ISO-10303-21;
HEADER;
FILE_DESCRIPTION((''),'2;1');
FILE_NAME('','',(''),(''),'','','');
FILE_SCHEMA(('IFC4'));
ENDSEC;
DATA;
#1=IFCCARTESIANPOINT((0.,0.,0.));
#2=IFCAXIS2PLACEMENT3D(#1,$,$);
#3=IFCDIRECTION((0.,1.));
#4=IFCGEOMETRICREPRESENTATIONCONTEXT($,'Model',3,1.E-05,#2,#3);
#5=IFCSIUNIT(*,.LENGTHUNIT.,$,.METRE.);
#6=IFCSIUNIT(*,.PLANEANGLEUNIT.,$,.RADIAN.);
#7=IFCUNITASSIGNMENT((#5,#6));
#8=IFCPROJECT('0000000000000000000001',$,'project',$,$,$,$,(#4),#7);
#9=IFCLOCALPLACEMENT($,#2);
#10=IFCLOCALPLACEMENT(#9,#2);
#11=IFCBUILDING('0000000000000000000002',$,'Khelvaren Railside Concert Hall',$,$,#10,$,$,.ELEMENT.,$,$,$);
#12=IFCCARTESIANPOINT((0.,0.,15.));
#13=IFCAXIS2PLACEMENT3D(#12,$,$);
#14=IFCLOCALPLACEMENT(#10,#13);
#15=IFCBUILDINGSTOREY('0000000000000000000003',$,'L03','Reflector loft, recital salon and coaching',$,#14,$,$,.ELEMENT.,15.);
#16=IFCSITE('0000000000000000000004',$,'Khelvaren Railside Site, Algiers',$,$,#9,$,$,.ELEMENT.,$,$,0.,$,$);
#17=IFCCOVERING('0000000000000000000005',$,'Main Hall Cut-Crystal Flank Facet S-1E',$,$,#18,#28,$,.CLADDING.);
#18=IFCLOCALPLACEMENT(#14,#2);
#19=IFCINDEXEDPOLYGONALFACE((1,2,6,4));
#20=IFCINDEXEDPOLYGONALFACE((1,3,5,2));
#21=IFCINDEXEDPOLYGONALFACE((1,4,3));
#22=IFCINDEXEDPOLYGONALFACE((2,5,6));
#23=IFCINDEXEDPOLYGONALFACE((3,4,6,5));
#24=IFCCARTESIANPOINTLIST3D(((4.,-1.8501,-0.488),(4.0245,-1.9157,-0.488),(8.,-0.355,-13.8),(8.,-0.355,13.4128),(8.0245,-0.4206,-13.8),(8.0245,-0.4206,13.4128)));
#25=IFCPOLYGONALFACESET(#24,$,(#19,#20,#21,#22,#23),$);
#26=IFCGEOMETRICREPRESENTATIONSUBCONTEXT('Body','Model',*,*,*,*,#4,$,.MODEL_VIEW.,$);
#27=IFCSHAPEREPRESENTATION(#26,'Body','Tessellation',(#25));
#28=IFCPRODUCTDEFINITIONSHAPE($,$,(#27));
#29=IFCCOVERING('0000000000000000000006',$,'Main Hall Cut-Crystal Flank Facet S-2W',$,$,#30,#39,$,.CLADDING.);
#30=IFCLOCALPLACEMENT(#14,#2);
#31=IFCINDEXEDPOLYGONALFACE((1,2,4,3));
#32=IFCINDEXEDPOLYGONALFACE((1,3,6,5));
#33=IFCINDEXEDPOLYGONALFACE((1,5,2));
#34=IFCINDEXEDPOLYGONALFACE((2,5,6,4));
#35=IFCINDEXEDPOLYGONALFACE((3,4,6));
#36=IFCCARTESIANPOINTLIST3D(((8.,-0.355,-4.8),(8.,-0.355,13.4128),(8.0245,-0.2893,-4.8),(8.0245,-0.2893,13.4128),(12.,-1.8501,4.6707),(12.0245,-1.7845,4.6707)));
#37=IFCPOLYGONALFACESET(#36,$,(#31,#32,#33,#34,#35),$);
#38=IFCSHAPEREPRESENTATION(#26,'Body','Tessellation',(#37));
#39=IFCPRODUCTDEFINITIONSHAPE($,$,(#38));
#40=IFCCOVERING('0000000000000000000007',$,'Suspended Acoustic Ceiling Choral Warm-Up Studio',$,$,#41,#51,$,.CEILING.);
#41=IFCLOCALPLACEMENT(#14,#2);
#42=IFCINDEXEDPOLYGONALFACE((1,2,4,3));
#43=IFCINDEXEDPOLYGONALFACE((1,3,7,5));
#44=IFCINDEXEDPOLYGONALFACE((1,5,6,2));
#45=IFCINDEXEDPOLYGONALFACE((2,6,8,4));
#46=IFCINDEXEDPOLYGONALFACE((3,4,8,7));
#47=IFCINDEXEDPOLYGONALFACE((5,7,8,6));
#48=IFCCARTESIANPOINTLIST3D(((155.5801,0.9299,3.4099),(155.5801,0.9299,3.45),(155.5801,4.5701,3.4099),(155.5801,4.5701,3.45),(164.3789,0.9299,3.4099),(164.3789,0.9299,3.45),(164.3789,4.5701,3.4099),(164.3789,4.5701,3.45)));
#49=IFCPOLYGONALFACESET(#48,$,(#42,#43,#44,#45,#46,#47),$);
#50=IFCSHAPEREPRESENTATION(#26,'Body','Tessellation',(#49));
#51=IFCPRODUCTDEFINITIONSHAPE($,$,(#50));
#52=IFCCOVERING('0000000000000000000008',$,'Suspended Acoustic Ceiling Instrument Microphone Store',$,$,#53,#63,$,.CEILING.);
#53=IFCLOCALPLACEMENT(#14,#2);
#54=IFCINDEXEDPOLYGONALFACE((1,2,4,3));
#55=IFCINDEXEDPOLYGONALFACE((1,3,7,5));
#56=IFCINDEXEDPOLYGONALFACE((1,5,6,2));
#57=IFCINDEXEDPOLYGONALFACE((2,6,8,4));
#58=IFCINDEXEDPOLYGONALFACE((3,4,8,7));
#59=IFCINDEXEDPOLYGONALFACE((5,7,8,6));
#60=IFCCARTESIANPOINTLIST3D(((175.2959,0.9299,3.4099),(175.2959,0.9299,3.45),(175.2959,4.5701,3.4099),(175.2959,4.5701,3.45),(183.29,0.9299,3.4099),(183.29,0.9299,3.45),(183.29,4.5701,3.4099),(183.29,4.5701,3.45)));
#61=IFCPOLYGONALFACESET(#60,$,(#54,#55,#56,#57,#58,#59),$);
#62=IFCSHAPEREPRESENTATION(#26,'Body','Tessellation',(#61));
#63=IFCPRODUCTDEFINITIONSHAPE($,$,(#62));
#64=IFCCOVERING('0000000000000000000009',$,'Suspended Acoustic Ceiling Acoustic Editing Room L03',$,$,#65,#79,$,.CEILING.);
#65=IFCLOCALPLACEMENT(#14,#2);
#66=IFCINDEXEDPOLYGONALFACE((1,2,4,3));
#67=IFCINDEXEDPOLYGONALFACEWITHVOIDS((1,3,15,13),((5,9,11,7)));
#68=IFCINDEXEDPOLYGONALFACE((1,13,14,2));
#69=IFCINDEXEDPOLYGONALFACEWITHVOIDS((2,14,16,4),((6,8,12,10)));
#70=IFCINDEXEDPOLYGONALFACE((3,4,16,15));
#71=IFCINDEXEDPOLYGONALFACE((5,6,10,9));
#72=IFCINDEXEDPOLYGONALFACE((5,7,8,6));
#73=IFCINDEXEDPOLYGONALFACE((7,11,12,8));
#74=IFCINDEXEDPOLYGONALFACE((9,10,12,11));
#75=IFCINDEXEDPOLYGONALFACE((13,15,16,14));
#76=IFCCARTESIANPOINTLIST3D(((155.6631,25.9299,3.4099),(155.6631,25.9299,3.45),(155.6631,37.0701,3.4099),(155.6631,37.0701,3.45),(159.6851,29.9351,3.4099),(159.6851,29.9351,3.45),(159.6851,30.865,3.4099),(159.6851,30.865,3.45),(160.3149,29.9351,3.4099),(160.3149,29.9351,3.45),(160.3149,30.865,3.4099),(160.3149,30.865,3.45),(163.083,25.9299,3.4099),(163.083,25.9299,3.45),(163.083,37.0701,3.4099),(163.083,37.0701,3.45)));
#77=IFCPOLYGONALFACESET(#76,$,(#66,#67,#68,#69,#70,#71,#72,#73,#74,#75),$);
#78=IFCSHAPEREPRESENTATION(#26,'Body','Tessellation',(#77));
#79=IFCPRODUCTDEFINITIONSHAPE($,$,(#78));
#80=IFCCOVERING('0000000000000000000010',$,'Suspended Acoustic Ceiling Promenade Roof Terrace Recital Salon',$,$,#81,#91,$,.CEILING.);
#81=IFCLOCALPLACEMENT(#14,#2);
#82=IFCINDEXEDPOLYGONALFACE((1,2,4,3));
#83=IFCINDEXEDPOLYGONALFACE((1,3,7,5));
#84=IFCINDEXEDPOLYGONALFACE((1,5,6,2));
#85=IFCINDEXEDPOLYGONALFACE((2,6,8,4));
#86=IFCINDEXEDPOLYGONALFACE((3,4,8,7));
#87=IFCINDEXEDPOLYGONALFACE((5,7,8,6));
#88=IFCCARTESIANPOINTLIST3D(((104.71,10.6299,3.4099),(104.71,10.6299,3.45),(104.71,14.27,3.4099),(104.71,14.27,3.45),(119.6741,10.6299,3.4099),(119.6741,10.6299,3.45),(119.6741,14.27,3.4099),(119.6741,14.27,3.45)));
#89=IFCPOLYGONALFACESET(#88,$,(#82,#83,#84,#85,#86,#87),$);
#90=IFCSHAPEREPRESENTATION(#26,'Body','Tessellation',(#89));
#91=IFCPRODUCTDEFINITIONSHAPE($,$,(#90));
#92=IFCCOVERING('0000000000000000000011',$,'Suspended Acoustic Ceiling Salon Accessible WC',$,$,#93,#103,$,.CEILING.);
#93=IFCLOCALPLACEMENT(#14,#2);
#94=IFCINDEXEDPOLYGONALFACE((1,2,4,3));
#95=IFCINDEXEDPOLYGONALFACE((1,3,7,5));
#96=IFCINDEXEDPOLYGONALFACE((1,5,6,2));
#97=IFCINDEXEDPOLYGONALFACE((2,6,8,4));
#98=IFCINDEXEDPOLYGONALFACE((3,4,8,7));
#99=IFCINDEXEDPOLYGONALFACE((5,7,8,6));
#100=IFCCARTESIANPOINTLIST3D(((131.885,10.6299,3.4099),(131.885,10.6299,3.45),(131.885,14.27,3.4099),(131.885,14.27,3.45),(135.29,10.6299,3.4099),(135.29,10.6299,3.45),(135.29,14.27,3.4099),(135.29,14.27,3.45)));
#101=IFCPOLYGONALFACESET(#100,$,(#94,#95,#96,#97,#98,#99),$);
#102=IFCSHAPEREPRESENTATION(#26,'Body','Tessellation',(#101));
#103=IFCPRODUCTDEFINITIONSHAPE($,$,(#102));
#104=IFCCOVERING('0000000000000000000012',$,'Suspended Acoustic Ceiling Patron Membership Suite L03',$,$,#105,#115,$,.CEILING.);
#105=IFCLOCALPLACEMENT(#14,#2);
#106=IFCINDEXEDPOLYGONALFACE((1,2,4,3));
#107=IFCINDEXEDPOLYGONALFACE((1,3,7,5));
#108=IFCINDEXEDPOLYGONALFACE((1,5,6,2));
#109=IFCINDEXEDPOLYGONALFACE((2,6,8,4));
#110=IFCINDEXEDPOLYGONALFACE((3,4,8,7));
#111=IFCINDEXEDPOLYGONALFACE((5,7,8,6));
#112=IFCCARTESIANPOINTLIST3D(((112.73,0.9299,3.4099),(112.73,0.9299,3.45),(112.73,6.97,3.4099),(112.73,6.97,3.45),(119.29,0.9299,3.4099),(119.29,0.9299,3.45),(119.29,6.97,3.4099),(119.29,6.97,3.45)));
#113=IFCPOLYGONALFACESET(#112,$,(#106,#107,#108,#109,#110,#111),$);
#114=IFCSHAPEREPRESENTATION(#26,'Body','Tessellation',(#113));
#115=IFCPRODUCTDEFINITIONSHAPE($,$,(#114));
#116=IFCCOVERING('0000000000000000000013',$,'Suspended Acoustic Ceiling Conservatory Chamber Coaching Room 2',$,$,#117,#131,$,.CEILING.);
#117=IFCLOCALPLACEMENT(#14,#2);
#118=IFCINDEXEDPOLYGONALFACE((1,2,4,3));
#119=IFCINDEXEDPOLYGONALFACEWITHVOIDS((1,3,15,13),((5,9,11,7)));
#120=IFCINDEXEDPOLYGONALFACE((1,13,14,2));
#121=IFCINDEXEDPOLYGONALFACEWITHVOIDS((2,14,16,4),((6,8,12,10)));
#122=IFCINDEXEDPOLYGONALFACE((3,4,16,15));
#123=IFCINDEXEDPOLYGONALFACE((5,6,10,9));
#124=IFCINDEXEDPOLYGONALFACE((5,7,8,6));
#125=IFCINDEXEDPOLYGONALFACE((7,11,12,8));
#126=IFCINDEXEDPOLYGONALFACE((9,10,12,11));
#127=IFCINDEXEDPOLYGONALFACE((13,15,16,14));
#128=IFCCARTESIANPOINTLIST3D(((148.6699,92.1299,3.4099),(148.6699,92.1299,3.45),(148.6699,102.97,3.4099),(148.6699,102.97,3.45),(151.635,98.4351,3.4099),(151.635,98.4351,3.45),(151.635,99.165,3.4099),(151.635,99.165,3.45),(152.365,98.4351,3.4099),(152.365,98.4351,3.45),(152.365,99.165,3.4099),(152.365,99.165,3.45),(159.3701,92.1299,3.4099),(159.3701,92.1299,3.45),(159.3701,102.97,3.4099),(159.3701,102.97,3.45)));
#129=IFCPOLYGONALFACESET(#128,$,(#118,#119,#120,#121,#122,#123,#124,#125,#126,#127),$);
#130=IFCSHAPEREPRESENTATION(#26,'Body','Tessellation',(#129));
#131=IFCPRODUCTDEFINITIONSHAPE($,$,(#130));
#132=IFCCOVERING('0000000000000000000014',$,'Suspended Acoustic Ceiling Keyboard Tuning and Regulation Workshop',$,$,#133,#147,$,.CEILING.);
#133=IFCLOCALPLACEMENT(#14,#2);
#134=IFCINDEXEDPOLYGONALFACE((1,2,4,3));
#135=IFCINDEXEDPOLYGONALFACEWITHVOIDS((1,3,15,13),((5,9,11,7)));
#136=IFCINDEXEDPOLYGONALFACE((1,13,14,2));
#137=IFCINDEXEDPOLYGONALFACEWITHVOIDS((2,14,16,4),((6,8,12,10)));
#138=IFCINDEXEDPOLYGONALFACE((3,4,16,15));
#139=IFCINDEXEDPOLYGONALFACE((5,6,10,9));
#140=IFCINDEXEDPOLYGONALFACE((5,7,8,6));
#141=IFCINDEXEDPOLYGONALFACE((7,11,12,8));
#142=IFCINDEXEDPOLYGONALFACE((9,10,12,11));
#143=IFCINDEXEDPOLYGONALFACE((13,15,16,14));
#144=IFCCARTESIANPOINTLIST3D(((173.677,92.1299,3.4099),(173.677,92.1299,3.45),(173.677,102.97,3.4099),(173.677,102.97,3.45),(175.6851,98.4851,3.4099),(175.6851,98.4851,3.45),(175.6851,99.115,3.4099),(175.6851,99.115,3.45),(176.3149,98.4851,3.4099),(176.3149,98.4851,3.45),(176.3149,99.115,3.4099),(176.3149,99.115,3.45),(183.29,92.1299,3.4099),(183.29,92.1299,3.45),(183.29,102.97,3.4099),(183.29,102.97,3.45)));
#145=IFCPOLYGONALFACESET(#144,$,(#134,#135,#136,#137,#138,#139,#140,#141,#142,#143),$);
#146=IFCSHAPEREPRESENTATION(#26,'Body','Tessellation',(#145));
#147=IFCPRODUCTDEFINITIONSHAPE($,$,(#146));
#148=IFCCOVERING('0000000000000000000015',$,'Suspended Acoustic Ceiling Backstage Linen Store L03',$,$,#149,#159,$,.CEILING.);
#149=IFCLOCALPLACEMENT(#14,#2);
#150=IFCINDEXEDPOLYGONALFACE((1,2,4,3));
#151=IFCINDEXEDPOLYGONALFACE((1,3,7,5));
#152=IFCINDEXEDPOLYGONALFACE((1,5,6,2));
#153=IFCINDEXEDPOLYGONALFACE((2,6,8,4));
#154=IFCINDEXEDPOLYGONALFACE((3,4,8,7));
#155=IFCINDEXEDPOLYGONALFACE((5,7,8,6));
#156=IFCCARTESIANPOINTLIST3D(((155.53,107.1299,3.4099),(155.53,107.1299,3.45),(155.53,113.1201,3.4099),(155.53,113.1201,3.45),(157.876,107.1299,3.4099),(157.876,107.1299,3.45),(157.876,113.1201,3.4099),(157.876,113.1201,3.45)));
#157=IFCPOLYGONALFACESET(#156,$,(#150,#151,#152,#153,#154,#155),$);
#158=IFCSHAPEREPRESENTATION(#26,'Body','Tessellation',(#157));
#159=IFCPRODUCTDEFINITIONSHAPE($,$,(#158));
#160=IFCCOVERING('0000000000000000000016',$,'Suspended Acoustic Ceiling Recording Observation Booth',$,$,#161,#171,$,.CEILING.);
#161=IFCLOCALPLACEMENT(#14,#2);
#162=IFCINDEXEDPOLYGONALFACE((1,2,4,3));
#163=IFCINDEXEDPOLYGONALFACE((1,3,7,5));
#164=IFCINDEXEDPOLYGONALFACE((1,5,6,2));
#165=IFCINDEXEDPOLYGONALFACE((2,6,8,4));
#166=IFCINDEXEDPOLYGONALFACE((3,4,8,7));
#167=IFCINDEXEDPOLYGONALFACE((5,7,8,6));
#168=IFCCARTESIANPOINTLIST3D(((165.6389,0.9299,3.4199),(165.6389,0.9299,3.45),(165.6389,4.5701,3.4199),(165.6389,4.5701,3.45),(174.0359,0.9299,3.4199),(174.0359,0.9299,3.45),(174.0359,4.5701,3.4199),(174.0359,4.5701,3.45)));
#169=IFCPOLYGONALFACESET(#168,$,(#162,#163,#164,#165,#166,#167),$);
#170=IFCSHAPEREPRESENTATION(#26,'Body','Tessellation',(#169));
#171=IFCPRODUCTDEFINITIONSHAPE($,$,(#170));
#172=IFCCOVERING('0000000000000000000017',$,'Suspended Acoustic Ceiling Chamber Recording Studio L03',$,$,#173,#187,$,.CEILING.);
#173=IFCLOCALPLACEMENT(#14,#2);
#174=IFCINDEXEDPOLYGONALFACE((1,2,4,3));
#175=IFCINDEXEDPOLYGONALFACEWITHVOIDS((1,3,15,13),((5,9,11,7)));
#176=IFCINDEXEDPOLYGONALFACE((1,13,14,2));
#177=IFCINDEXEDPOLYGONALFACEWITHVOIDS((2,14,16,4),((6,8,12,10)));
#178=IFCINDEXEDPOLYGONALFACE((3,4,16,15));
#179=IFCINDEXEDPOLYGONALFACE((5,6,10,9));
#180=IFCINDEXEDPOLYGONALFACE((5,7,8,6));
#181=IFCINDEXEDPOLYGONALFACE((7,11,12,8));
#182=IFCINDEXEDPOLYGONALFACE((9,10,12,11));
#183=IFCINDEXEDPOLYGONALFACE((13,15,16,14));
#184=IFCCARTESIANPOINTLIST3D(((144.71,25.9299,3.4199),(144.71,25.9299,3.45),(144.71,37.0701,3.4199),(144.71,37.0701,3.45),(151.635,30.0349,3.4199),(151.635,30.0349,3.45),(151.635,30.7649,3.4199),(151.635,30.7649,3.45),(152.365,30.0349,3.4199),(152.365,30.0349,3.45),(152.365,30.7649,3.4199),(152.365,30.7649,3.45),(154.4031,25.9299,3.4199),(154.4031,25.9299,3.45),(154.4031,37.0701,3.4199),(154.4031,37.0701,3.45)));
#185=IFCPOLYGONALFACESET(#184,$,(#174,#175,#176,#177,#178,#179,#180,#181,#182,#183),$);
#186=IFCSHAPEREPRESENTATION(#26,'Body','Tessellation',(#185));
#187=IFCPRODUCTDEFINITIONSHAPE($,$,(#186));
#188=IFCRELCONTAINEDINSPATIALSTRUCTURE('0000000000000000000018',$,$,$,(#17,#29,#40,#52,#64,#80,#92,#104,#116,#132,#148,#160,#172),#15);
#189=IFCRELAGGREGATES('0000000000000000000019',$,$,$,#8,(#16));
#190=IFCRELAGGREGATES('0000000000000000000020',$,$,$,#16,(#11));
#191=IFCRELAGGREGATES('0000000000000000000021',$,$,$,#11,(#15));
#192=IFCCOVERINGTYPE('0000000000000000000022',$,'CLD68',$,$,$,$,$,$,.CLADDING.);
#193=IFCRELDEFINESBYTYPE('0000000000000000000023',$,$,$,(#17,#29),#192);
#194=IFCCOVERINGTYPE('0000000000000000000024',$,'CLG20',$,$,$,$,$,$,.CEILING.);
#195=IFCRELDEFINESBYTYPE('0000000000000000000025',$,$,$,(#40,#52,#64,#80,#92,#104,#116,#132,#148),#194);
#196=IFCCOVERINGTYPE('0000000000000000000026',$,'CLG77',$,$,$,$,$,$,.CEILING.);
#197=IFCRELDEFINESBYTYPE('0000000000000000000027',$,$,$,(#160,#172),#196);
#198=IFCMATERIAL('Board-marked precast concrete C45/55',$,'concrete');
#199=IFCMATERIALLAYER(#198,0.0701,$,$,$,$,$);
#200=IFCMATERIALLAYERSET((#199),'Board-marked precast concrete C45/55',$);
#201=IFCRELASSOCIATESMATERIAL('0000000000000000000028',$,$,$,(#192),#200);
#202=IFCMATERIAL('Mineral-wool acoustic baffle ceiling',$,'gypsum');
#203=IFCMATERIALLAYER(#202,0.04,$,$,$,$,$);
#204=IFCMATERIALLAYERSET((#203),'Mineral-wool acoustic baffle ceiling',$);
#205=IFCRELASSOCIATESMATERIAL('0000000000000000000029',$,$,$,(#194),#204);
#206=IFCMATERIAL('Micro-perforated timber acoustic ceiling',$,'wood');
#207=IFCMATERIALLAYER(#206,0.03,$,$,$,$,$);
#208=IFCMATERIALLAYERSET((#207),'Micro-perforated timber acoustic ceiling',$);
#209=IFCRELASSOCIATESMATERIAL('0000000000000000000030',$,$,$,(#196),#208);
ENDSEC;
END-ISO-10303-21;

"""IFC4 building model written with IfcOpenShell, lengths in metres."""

from ifc_helpers import new_model, si_unit, direction, frame, origin, place, context, subcontext, project, spatial, polyline, outline, extrude, material, layer, layer_set, type_object, element, save


model = new_model("IFC4")

# Units and contexts
model_context = context("Model", 3, precision=1e-05, world=origin(), true_north=direction((0.0, 1.0)))
body_context = subcontext(model_context, "Body", "Model", "MODEL_VIEW")
ifc_project = project(units=[si_unit("LENGTHUNIT", "METRE"), si_unit("PLANEANGLEUNIT", "RADIAN")], contexts=[model_context])

# Site, building, storey
site_placement = place(None, origin())
site = spatial("IfcSite", under=ifc_project, at=site_placement, Name="Khelvaren Railside Site, Algiers", CompositionType="ELEMENT", RefElevation=0.0)
building_placement = place(site_placement, origin())
building = spatial("IfcBuilding", under=site, at=building_placement, Name="Khelvaren Railside Concert Hall", CompositionType="ELEMENT")
storey_placement = place(building_placement, frame((0.0, 0.0, 15.0)))
storey = spatial("IfcBuildingStorey", under=building, at=storey_placement, Name="L03", Description="Reflector loft, recital salon and coaching", CompositionType="ELEMENT", Elevation=15.0)

# Coverings
ifc_material_1 = material(Name="Board-marked precast concrete C45/55", Category="concrete")
ifc_layer_1 = layer(ifc_material_1, 0.0701)
ifc_layer_set_1 = layer_set([ifc_layer_1], Name="Board-marked precast concrete C45/55")
covering_type_1 = type_object("IfcCoveringType", Name="CLD68", PredefinedType="CLADDING", material=ifc_layer_set_1)
covering_1_placement = place(storey_placement, frame((8.0, -0.355, 13.4128), z_axis=(-0.350121, 0.936705, 0.0), x_axis=(0.0, 0.0, -1.0)))
element("IfcCovering", 1, at=covering_1_placement, inside=storey, type_object=covering_type_1, Name="Main Hall Cut-Crystal Flank Facet S-1E", PredefinedType="CLADDING", context=body_context, shape_type="SweptSolid", body=[
    extrude(outline(polyline([(0.0, 0.0), (27.2129, 0.0), (13.9009, 4.2703), (0.0, 0.0)])), origin(), (0.0, 0.0, -1.0), 0.0701),
])
covering_2_placement = place(storey_placement, frame((8.0, -0.355, 13.4128), z_axis=(-0.350121, -0.936705, 0.0), x_axis=(0.0, 0.0, -1.0)))
element("IfcCovering", 2, at=covering_2_placement, inside=storey, type_object=covering_type_1, Name="Main Hall Cut-Crystal Flank Facet S-2W", PredefinedType="CLADDING", context=body_context, shape_type="SweptSolid", body=[
    extrude(outline(polyline([(0.0, 0.0), (18.2129, 0.0), (8.7422, 4.2703), (0.0, 0.0)])), origin(), (0.0, 0.0, -1.0), 0.0701),
])
ifc_material_2 = material(Name="Mineral-wool acoustic baffle ceiling", Category="gypsum")
ifc_layer_2 = layer(ifc_material_2, 0.04)
ifc_layer_set_2 = layer_set([ifc_layer_2], Name="Mineral-wool acoustic baffle ceiling")
covering_type_2 = type_object("IfcCoveringType", Name="CLG20", PredefinedType="CEILING", material=ifc_layer_set_2)
covering_3_placement = place(storey_placement, frame((0.0, 0.0, 3.4099)))
element("IfcCovering", 3, at=covering_3_placement, inside=storey, type_object=covering_type_2, Name="Suspended Acoustic Ceiling Choral Warm-Up Studio", PredefinedType="CEILING", context=body_context, shape_type="SweptSolid", body=[
    extrude(outline(polyline([(155.5801, 0.9299), (164.3789, 0.9299), (164.3789, 4.5701), (155.5801, 4.5701), (155.5801, 0.9299)])), origin(), (0.0, 0.0, 1.0), 0.04),
])
covering_4_placement = place(storey_placement, frame((0.0, 0.0, 3.4099)))
element("IfcCovering", 4, at=covering_4_placement, inside=storey, type_object=covering_type_2, Name="Suspended Acoustic Ceiling Instrument Microphone Store", PredefinedType="CEILING", context=body_context, shape_type="SweptSolid", body=[
    extrude(outline(polyline([(175.2959, 0.9299), (183.29, 0.9299), (183.29, 4.5701), (175.2959, 4.5701), (175.2959, 0.9299)])), origin(), (0.0, 0.0, 1.0), 0.04),
])
covering_5_placement = place(storey_placement, frame((0.0, 0.0, 3.4099)))
element("IfcCovering", 5, at=covering_5_placement, inside=storey, type_object=covering_type_2, Name="Suspended Acoustic Ceiling Acoustic Editing Room L03", PredefinedType="CEILING", context=body_context, shape_type="SweptSolid", body=[
    extrude(outline(polyline([(155.6631, 25.9299), (163.083, 25.9299), (163.083, 37.0701), (155.6631, 37.0701), (155.6631, 25.9299)]), holes=[polyline([(159.6851, 29.9351), (160.3149, 29.9351), (160.3149, 30.865), (159.6851, 30.865), (159.6851, 29.9351)])]), origin(), (0.0, 0.0, 1.0), 0.04),
])
covering_6_placement = place(storey_placement, frame((0.0, 0.0, 3.4099)))
element("IfcCovering", 6, at=covering_6_placement, inside=storey, type_object=covering_type_2, Name="Suspended Acoustic Ceiling Promenade Roof Terrace Recital Salon", PredefinedType="CEILING", context=body_context, shape_type="SweptSolid", body=[
    extrude(outline(polyline([(104.71, 10.6299), (119.6741, 10.6299), (119.6741, 14.27), (104.71, 14.27), (104.71, 10.6299)])), origin(), (0.0, 0.0, 1.0), 0.04),
])
covering_7_placement = place(storey_placement, frame((0.0, 0.0, 3.4099)))
element("IfcCovering", 7, at=covering_7_placement, inside=storey, type_object=covering_type_2, Name="Suspended Acoustic Ceiling Salon Accessible WC", PredefinedType="CEILING", context=body_context, shape_type="SweptSolid", body=[
    extrude(outline(polyline([(131.885, 10.6299), (135.29, 10.6299), (135.29, 14.27), (131.885, 14.27), (131.885, 10.6299)])), origin(), (0.0, 0.0, 1.0), 0.04),
])
covering_8_placement = place(storey_placement, frame((0.0, 0.0, 3.4099)))
element("IfcCovering", 8, at=covering_8_placement, inside=storey, type_object=covering_type_2, Name="Suspended Acoustic Ceiling Patron Membership Suite L03", PredefinedType="CEILING", context=body_context, shape_type="SweptSolid", body=[
    extrude(outline(polyline([(112.73, 0.9299), (119.29, 0.9299), (119.29, 6.97), (112.73, 6.97), (112.73, 0.9299)])), origin(), (0.0, 0.0, 1.0), 0.04),
])
covering_9_placement = place(storey_placement, frame((0.0, 0.0, 3.4099)))
element("IfcCovering", 9, at=covering_9_placement, inside=storey, type_object=covering_type_2, Name="Suspended Acoustic Ceiling Conservatory Chamber Coaching Room 2", PredefinedType="CEILING", context=body_context, shape_type="SweptSolid", body=[
    extrude(outline(polyline([(148.6699, 92.1299), (159.3701, 92.1299), (159.3701, 102.97), (148.6699, 102.97), (148.6699, 92.1299)]), holes=[polyline([(151.635, 98.4351), (152.365, 98.4351), (152.365, 99.165), (151.635, 99.165), (151.635, 98.4351)])]), origin(), (0.0, 0.0, 1.0), 0.04),
])
covering_10_placement = place(storey_placement, frame((0.0, 0.0, 3.4099)))
element("IfcCovering", 10, at=covering_10_placement, inside=storey, type_object=covering_type_2, Name="Suspended Acoustic Ceiling Keyboard Tuning and Regulation Workshop", PredefinedType="CEILING", context=body_context, shape_type="SweptSolid", body=[
    extrude(outline(polyline([(173.677, 92.1299), (183.29, 92.1299), (183.29, 102.97), (173.677, 102.97), (173.677, 92.1299)]), holes=[polyline([(175.6851, 98.4851), (176.3149, 98.4851), (176.3149, 99.115), (175.6851, 99.115), (175.6851, 98.4851)])]), origin(), (0.0, 0.0, 1.0), 0.04),
])
covering_11_placement = place(storey_placement, frame((0.0, 0.0, 3.4099)))
element("IfcCovering", 11, at=covering_11_placement, inside=storey, type_object=covering_type_2, Name="Suspended Acoustic Ceiling Backstage Linen Store L03", PredefinedType="CEILING", context=body_context, shape_type="SweptSolid", body=[
    extrude(outline(polyline([(155.53, 107.1299), (157.876, 107.1299), (157.876, 113.1201), (155.53, 113.1201), (155.53, 107.1299)])), origin(), (0.0, 0.0, 1.0), 0.04),
])
ifc_material_3 = material(Name="Micro-perforated timber acoustic ceiling", Category="wood")
ifc_layer_3 = layer(ifc_material_3, 0.03)
ifc_layer_set_3 = layer_set([ifc_layer_3], Name="Micro-perforated timber acoustic ceiling")
covering_type_3 = type_object("IfcCoveringType", Name="CLG77", PredefinedType="CEILING", material=ifc_layer_set_3)
covering_12_placement = place(storey_placement, frame((0.0, 0.0, 3.4199)))
element("IfcCovering", 12, at=covering_12_placement, inside=storey, type_object=covering_type_3, Name="Suspended Acoustic Ceiling Recording Observation Booth", PredefinedType="CEILING", context=body_context, shape_type="SweptSolid", body=[
    extrude(outline(polyline([(165.6389, 0.9299), (174.0359, 0.9299), (174.0359, 4.5701), (165.6389, 4.5701), (165.6389, 0.9299)])), origin(), (0.0, 0.0, 1.0), 0.03),
])
covering_13_placement = place(storey_placement, frame((0.0, 0.0, 3.4199)))
element("IfcCovering", 13, at=covering_13_placement, inside=storey, type_object=covering_type_3, Name="Suspended Acoustic Ceiling Chamber Recording Studio L03", PredefinedType="CEILING", context=body_context, shape_type="SweptSolid", body=[
    extrude(outline(polyline([(144.71, 25.9299), (154.4031, 25.9299), (154.4031, 37.0701), (144.71, 37.0701), (144.71, 25.9299)]), holes=[polyline([(151.635, 30.0349), (152.365, 30.0349), (152.365, 30.7649), (151.635, 30.7649), (151.635, 30.0349)])]), origin(), (0.0, 0.0, 1.0), 0.03),
])

save(model, "model.ifc")
